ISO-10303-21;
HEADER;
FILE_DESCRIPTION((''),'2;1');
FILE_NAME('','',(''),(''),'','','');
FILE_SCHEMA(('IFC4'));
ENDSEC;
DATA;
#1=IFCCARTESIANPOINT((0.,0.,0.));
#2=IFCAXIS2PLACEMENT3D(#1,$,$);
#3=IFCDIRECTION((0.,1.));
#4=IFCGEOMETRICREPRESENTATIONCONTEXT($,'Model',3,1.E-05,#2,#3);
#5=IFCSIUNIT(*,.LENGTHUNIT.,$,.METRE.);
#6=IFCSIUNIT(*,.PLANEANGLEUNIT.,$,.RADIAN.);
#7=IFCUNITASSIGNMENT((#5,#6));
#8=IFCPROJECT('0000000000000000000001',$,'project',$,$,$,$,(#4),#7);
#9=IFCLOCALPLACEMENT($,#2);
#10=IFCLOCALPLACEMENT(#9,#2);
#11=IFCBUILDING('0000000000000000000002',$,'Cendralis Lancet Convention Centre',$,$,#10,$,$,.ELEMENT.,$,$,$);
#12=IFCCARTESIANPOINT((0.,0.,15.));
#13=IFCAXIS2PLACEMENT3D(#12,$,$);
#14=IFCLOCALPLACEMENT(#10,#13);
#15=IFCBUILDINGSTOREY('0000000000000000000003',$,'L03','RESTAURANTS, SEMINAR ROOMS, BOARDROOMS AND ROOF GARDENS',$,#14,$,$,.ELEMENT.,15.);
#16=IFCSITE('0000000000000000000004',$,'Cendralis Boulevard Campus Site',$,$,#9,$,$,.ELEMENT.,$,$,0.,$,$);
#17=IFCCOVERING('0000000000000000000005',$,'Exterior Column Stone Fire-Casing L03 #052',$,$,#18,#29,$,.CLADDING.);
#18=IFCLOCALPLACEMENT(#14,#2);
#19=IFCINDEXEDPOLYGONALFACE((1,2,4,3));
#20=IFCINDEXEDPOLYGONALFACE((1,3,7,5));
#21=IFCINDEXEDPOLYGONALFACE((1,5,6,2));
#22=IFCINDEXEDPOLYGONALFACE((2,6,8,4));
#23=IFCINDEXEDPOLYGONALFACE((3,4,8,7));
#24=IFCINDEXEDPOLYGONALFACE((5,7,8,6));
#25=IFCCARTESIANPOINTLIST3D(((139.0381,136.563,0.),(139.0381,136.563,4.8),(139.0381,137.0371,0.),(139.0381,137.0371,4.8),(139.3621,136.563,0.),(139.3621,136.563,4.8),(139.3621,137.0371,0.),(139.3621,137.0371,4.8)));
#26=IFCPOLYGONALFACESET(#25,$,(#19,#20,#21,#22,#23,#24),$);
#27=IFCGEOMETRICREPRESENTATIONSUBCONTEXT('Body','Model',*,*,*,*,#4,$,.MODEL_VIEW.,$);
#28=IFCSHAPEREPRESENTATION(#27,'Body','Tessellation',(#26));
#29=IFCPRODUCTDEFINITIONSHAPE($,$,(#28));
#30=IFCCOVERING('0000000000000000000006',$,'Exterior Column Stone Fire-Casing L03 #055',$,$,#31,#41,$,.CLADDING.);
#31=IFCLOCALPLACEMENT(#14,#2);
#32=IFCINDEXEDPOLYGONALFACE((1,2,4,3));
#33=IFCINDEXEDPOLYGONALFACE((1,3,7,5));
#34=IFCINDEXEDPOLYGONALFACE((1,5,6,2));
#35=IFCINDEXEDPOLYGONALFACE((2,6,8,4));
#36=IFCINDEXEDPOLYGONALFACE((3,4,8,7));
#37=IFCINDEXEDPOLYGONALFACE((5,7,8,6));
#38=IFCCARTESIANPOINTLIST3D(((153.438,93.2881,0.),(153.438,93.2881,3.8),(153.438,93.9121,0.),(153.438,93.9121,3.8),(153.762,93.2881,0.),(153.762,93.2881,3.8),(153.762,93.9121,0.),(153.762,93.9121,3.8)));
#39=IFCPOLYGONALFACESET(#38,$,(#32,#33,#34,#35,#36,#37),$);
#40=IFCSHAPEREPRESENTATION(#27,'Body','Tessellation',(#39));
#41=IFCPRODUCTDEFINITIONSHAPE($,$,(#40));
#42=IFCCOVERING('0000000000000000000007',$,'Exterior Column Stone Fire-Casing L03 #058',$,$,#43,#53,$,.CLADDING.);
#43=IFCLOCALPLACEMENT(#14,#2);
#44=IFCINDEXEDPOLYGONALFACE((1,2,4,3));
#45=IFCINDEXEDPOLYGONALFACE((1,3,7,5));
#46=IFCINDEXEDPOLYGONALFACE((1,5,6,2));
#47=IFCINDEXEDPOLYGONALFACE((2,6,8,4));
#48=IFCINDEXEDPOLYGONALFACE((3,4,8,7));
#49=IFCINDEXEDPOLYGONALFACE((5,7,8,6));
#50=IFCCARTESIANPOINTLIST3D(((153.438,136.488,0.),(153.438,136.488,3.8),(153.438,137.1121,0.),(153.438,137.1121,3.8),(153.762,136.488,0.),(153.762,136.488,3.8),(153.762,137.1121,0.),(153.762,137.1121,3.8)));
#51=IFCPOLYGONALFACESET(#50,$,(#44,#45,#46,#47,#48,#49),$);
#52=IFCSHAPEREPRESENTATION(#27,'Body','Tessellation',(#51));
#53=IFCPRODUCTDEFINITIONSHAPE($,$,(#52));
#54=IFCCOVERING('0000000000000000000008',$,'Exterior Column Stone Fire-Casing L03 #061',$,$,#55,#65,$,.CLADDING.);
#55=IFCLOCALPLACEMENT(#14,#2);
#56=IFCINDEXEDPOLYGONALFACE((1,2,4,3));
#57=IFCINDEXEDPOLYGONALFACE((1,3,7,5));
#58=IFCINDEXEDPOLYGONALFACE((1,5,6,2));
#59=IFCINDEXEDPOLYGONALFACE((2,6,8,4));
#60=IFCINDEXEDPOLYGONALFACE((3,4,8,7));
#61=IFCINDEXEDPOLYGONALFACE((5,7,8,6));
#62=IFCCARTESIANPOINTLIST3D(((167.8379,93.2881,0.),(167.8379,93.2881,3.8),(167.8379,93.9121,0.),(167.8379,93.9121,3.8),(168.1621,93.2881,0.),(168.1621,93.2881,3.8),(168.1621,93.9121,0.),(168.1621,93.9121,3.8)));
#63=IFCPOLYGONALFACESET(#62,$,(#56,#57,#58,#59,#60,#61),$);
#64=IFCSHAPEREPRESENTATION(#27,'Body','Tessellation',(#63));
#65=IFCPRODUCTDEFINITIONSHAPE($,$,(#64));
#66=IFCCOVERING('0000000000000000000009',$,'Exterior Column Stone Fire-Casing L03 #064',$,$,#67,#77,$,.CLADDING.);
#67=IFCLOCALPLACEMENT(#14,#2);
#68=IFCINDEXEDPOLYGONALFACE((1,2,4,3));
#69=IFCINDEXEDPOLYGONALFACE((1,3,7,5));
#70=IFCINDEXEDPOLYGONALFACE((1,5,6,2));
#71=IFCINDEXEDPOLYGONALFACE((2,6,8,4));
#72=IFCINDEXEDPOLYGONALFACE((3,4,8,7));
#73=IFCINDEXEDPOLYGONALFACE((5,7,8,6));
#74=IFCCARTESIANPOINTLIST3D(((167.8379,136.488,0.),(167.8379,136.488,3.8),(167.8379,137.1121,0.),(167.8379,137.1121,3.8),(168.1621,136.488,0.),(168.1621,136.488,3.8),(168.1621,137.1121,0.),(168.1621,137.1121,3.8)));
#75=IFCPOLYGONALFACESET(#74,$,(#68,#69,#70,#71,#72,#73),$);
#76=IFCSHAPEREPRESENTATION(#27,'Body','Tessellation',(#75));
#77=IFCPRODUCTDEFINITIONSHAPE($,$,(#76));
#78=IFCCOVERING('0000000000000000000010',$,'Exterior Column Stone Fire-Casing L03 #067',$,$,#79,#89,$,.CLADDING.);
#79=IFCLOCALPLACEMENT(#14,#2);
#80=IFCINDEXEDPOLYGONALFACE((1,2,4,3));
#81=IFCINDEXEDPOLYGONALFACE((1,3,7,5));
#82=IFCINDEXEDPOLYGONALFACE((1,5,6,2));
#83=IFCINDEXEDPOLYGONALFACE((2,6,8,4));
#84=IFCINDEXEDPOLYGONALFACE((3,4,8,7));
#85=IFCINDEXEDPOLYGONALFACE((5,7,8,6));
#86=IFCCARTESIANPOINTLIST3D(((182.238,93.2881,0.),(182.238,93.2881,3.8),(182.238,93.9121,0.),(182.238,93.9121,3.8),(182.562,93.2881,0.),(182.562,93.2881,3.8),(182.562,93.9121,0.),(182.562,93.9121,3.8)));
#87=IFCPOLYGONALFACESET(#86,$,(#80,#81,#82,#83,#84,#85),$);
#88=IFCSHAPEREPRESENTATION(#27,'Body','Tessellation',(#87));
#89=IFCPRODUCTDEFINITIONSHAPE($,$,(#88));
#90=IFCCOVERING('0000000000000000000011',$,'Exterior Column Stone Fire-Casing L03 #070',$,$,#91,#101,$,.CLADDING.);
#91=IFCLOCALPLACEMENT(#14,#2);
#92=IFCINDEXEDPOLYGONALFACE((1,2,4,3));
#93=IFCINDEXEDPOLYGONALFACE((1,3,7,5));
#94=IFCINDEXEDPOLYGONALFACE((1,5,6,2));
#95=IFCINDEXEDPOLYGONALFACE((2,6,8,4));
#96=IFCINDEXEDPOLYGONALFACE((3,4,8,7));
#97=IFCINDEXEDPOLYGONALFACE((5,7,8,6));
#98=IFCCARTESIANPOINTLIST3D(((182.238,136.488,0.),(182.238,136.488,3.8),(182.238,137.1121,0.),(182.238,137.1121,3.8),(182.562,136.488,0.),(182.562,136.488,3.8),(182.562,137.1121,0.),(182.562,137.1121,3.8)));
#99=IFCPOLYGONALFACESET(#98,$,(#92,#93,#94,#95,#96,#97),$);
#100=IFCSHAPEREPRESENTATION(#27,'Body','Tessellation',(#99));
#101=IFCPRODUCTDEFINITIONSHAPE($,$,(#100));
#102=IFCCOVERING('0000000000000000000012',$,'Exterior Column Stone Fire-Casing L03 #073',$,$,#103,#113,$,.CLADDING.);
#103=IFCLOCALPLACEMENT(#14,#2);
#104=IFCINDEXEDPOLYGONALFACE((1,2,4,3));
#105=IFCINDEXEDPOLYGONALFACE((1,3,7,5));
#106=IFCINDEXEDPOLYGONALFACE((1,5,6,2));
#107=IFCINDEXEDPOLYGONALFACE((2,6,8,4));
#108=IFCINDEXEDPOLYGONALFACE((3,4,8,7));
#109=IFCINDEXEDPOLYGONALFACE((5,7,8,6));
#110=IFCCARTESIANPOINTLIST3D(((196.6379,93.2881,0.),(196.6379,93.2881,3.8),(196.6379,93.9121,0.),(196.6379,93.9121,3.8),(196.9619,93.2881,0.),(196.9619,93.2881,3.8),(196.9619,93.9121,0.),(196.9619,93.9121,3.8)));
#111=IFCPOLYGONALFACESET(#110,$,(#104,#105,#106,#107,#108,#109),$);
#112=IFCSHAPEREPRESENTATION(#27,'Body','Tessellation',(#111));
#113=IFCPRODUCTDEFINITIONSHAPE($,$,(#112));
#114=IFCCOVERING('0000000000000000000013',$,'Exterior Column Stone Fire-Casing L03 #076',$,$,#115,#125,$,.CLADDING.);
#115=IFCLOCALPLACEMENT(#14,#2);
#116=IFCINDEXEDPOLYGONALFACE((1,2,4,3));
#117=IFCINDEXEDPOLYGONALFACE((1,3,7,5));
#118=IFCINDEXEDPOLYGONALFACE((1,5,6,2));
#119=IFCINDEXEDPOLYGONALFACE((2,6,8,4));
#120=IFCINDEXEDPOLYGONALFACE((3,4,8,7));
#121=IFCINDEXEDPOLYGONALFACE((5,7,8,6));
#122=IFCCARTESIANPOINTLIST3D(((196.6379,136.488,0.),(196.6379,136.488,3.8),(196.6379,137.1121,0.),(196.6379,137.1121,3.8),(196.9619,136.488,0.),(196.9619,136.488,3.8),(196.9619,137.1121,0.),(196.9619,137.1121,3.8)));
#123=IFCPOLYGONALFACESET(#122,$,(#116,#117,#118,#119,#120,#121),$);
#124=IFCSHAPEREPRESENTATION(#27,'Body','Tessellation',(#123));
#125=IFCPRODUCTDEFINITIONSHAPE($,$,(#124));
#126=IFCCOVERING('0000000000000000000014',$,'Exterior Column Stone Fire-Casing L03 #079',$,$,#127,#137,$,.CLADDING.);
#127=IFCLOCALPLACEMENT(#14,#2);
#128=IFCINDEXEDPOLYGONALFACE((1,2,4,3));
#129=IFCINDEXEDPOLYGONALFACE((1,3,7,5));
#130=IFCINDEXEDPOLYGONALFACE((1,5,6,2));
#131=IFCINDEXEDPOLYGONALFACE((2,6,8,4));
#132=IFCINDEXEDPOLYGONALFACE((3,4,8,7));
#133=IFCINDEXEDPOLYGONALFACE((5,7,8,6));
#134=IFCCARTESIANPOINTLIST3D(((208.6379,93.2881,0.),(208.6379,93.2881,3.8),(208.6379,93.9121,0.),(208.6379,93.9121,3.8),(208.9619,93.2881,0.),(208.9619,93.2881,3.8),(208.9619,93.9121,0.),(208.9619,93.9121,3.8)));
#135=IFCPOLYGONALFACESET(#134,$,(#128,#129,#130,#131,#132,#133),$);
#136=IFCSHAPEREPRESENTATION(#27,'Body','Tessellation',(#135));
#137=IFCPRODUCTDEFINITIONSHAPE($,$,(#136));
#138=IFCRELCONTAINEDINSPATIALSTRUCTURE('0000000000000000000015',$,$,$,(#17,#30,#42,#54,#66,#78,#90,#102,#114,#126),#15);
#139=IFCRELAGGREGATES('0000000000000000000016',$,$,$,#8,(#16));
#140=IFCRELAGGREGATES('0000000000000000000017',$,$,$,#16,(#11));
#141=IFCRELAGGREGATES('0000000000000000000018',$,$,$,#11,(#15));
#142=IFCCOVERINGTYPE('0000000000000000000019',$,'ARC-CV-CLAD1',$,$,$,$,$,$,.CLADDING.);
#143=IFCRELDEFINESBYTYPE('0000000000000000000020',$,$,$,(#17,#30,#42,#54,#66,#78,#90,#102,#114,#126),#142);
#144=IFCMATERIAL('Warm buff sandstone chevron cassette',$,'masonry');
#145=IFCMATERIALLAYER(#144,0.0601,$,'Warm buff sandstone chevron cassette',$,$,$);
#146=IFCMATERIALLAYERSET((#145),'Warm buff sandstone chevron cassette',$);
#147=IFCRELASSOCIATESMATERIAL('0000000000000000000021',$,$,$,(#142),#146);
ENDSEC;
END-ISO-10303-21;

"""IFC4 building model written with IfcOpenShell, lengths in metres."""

from ifc_helpers import new_model, si_unit, direction, frame, origin, place, context, subcontext, project, spatial, polyline, outline, extrude, material, layer, layer_set, type_object, element, save


model = new_model("IFC4")

# Units and contexts
model_context = context("Model", 3, precision=1e-05, world=origin(), true_north=direction((0.0, 1.0)))
body_context = subcontext(model_context, "Body", "Model", "MODEL_VIEW")
ifc_project = project(units=[si_unit("LENGTHUNIT", "METRE"), si_unit("PLANEANGLEUNIT", "RADIAN")], contexts=[model_context])

# Site, building, storey
site_placement = place(None, origin())
site = spatial("IfcSite", under=ifc_project, at=site_placement, Name="Cendralis Boulevard Campus Site", CompositionType="ELEMENT", RefElevation=0.0)
building_placement = place(site_placement, origin())
building = spatial("IfcBuilding", under=site, at=building_placement, Name="Cendralis Lancet Convention Centre", CompositionType="ELEMENT")
storey_placement = place(building_placement, frame((0.0, 0.0, 15.0)))
storey = spatial("IfcBuildingStorey", under=building, at=storey_placement, Name="L03", Description="RESTAURANTS, SEMINAR ROOMS, BOARDROOMS AND ROOF GARDENS", CompositionType="ELEMENT", Elevation=15.0)

# Coverings
ifc_material_1 = material(Name="Warm buff sandstone chevron cassette", Category="masonry")
ifc_layer_1 = layer(ifc_material_1, 0.0601, Name="Warm buff sandstone chevron cassette")
ifc_layer_set_1 = layer_set([ifc_layer_1], Name="Warm buff sandstone chevron cassette")
covering_type = type_object("IfcCoveringType", Name="ARC-CV-CLAD1", PredefinedType="CLADDING", material=ifc_layer_set_1)
covering_1_placement = place(storey_placement, origin())
element("IfcCovering", 1, at=covering_1_placement, inside=storey, type_object=covering_type, Name="Exterior Column Stone Fire-Casing L03 #052", PredefinedType="CLADDING", context=body_context, shape_type="SweptSolid", body=[
    extrude(outline(polyline([(139.0381, 136.563), (139.3621, 136.563), (139.3621, 137.0371), (139.0381, 137.0371), (139.0381, 136.563)])), origin(), (0.0, 0.0, 1.0), 4.8),
])
covering_2_placement = place(storey_placement, origin())
element("IfcCovering", 2, at=covering_2_placement, inside=storey, type_object=covering_type, Name="Exterior Column Stone Fire-Casing L03 #055", PredefinedType="CLADDING", context=body_context, shape_type="SweptSolid", body=[
    extrude(outline(polyline([(153.438, 93.2881), (153.762, 93.2881), (153.762, 93.9121), (153.438, 93.9121), (153.438, 93.2881)])), origin(), (0.0, 0.0, 1.0), 3.8),
])
covering_3_placement = place(storey_placement, origin())
element("IfcCovering", 3, at=covering_3_placement, inside=storey, type_object=covering_type, Name="Exterior Column Stone Fire-Casing L03 #058", PredefinedType="CLADDING", context=body_context, shape_type="SweptSolid", body=[
    extrude(outline(polyline([(153.438, 136.488), (153.762, 136.488), (153.762, 137.1121), (153.438, 137.1121), (153.438, 136.488)])), origin(), (0.0, 0.0, 1.0), 3.8),
])
covering_4_placement = place(storey_placement, origin())
element("IfcCovering", 4, at=covering_4_placement, inside=storey, type_object=covering_type, Name="Exterior Column Stone Fire-Casing L03 #061", PredefinedType="CLADDING", context=body_context, shape_type="SweptSolid", body=[
    extrude(outline(polyline([(167.8379, 93.2881), (168.1621, 93.2881), (168.1621, 93.9121), (167.8379, 93.9121), (167.8379, 93.2881)])), origin(), (0.0, 0.0, 1.0), 3.8),
])
covering_5_placement = place(storey_placement, origin())
element("IfcCovering", 5, at=covering_5_placement, inside=storey, type_object=covering_type, Name="Exterior Column Stone Fire-Casing L03 #064", PredefinedType="CLADDING", context=body_context, shape_type="SweptSolid", body=[
    extrude(outline(polyline([(167.8379, 136.488), (168.1621, 136.488), (168.1621, 137.1121), (167.8379, 137.1121), (167.8379, 136.488)])), origin(), (0.0, 0.0, 1.0), 3.8),
])
covering_6_placement = place(storey_placement, origin())
element("IfcCovering", 6, at=covering_6_placement, inside=storey, type_object=covering_type, Name="Exterior Column Stone Fire-Casing L03 #067", PredefinedType="CLADDING", context=body_context, shape_type="SweptSolid", body=[
    extrude(outline(polyline([(182.238, 93.2881), (182.562, 93.2881), (182.562, 93.9121), (182.238, 93.9121), (182.238, 93.2881)])), origin(), (0.0, 0.0, 1.0), 3.8),
])
covering_7_placement = place(storey_placement, origin())
element("IfcCovering", 7, at=covering_7_placement, inside=storey, type_object=covering_type, Name="Exterior Column Stone Fire-Casing L03 #070", PredefinedType="CLADDING", context=body_context, shape_type="SweptSolid", body=[
    extrude(outline(polyline([(182.238, 136.488), (182.562, 136.488), (182.562, 137.1121), (182.238, 137.1121), (182.238, 136.488)])), origin(), (0.0, 0.0, 1.0), 3.8),
])
covering_8_placement = place(storey_placement, origin())
element("IfcCovering", 8, at=covering_8_placement, inside=storey, type_object=covering_type, Name="Exterior Column Stone Fire-Casing L03 #073", PredefinedType="CLADDING", context=body_context, shape_type="SweptSolid", body=[
    extrude(outline(polyline([(196.6379, 93.2881), (196.9619, 93.2881), (196.9619, 93.9121), (196.6379, 93.9121), (196.6379, 93.2881)])), origin(), (0.0, 0.0, 1.0), 3.8),
])
covering_9_placement = place(storey_placement, origin())
element("IfcCovering", 9, at=covering_9_placement, inside=storey, type_object=covering_type, Name="Exterior Column Stone Fire-Casing L03 #076", PredefinedType="CLADDING", context=body_context, shape_type="SweptSolid", body=[
    extrude(outline(polyline([(196.6379, 136.488), (196.9619, 136.488), (196.9619, 137.1121), (196.6379, 137.1121), (196.6379, 136.488)])), origin(), (0.0, 0.0, 1.0), 3.8),
])
covering_10_placement = place(storey_placement, origin())
element("IfcCovering", 10, at=covering_10_placement, inside=storey, type_object=covering_type, Name="Exterior Column Stone Fire-Casing L03 #079", PredefinedType="CLADDING", context=body_context, shape_type="SweptSolid", body=[
    extrude(outline(polyline([(208.6379, 93.2881), (208.9619, 93.2881), (208.9619, 93.9121), (208.6379, 93.9121), (208.6379, 93.2881)])), origin(), (0.0, 0.0, 1.0), 3.8),
])

save(model, "model.ifc")
